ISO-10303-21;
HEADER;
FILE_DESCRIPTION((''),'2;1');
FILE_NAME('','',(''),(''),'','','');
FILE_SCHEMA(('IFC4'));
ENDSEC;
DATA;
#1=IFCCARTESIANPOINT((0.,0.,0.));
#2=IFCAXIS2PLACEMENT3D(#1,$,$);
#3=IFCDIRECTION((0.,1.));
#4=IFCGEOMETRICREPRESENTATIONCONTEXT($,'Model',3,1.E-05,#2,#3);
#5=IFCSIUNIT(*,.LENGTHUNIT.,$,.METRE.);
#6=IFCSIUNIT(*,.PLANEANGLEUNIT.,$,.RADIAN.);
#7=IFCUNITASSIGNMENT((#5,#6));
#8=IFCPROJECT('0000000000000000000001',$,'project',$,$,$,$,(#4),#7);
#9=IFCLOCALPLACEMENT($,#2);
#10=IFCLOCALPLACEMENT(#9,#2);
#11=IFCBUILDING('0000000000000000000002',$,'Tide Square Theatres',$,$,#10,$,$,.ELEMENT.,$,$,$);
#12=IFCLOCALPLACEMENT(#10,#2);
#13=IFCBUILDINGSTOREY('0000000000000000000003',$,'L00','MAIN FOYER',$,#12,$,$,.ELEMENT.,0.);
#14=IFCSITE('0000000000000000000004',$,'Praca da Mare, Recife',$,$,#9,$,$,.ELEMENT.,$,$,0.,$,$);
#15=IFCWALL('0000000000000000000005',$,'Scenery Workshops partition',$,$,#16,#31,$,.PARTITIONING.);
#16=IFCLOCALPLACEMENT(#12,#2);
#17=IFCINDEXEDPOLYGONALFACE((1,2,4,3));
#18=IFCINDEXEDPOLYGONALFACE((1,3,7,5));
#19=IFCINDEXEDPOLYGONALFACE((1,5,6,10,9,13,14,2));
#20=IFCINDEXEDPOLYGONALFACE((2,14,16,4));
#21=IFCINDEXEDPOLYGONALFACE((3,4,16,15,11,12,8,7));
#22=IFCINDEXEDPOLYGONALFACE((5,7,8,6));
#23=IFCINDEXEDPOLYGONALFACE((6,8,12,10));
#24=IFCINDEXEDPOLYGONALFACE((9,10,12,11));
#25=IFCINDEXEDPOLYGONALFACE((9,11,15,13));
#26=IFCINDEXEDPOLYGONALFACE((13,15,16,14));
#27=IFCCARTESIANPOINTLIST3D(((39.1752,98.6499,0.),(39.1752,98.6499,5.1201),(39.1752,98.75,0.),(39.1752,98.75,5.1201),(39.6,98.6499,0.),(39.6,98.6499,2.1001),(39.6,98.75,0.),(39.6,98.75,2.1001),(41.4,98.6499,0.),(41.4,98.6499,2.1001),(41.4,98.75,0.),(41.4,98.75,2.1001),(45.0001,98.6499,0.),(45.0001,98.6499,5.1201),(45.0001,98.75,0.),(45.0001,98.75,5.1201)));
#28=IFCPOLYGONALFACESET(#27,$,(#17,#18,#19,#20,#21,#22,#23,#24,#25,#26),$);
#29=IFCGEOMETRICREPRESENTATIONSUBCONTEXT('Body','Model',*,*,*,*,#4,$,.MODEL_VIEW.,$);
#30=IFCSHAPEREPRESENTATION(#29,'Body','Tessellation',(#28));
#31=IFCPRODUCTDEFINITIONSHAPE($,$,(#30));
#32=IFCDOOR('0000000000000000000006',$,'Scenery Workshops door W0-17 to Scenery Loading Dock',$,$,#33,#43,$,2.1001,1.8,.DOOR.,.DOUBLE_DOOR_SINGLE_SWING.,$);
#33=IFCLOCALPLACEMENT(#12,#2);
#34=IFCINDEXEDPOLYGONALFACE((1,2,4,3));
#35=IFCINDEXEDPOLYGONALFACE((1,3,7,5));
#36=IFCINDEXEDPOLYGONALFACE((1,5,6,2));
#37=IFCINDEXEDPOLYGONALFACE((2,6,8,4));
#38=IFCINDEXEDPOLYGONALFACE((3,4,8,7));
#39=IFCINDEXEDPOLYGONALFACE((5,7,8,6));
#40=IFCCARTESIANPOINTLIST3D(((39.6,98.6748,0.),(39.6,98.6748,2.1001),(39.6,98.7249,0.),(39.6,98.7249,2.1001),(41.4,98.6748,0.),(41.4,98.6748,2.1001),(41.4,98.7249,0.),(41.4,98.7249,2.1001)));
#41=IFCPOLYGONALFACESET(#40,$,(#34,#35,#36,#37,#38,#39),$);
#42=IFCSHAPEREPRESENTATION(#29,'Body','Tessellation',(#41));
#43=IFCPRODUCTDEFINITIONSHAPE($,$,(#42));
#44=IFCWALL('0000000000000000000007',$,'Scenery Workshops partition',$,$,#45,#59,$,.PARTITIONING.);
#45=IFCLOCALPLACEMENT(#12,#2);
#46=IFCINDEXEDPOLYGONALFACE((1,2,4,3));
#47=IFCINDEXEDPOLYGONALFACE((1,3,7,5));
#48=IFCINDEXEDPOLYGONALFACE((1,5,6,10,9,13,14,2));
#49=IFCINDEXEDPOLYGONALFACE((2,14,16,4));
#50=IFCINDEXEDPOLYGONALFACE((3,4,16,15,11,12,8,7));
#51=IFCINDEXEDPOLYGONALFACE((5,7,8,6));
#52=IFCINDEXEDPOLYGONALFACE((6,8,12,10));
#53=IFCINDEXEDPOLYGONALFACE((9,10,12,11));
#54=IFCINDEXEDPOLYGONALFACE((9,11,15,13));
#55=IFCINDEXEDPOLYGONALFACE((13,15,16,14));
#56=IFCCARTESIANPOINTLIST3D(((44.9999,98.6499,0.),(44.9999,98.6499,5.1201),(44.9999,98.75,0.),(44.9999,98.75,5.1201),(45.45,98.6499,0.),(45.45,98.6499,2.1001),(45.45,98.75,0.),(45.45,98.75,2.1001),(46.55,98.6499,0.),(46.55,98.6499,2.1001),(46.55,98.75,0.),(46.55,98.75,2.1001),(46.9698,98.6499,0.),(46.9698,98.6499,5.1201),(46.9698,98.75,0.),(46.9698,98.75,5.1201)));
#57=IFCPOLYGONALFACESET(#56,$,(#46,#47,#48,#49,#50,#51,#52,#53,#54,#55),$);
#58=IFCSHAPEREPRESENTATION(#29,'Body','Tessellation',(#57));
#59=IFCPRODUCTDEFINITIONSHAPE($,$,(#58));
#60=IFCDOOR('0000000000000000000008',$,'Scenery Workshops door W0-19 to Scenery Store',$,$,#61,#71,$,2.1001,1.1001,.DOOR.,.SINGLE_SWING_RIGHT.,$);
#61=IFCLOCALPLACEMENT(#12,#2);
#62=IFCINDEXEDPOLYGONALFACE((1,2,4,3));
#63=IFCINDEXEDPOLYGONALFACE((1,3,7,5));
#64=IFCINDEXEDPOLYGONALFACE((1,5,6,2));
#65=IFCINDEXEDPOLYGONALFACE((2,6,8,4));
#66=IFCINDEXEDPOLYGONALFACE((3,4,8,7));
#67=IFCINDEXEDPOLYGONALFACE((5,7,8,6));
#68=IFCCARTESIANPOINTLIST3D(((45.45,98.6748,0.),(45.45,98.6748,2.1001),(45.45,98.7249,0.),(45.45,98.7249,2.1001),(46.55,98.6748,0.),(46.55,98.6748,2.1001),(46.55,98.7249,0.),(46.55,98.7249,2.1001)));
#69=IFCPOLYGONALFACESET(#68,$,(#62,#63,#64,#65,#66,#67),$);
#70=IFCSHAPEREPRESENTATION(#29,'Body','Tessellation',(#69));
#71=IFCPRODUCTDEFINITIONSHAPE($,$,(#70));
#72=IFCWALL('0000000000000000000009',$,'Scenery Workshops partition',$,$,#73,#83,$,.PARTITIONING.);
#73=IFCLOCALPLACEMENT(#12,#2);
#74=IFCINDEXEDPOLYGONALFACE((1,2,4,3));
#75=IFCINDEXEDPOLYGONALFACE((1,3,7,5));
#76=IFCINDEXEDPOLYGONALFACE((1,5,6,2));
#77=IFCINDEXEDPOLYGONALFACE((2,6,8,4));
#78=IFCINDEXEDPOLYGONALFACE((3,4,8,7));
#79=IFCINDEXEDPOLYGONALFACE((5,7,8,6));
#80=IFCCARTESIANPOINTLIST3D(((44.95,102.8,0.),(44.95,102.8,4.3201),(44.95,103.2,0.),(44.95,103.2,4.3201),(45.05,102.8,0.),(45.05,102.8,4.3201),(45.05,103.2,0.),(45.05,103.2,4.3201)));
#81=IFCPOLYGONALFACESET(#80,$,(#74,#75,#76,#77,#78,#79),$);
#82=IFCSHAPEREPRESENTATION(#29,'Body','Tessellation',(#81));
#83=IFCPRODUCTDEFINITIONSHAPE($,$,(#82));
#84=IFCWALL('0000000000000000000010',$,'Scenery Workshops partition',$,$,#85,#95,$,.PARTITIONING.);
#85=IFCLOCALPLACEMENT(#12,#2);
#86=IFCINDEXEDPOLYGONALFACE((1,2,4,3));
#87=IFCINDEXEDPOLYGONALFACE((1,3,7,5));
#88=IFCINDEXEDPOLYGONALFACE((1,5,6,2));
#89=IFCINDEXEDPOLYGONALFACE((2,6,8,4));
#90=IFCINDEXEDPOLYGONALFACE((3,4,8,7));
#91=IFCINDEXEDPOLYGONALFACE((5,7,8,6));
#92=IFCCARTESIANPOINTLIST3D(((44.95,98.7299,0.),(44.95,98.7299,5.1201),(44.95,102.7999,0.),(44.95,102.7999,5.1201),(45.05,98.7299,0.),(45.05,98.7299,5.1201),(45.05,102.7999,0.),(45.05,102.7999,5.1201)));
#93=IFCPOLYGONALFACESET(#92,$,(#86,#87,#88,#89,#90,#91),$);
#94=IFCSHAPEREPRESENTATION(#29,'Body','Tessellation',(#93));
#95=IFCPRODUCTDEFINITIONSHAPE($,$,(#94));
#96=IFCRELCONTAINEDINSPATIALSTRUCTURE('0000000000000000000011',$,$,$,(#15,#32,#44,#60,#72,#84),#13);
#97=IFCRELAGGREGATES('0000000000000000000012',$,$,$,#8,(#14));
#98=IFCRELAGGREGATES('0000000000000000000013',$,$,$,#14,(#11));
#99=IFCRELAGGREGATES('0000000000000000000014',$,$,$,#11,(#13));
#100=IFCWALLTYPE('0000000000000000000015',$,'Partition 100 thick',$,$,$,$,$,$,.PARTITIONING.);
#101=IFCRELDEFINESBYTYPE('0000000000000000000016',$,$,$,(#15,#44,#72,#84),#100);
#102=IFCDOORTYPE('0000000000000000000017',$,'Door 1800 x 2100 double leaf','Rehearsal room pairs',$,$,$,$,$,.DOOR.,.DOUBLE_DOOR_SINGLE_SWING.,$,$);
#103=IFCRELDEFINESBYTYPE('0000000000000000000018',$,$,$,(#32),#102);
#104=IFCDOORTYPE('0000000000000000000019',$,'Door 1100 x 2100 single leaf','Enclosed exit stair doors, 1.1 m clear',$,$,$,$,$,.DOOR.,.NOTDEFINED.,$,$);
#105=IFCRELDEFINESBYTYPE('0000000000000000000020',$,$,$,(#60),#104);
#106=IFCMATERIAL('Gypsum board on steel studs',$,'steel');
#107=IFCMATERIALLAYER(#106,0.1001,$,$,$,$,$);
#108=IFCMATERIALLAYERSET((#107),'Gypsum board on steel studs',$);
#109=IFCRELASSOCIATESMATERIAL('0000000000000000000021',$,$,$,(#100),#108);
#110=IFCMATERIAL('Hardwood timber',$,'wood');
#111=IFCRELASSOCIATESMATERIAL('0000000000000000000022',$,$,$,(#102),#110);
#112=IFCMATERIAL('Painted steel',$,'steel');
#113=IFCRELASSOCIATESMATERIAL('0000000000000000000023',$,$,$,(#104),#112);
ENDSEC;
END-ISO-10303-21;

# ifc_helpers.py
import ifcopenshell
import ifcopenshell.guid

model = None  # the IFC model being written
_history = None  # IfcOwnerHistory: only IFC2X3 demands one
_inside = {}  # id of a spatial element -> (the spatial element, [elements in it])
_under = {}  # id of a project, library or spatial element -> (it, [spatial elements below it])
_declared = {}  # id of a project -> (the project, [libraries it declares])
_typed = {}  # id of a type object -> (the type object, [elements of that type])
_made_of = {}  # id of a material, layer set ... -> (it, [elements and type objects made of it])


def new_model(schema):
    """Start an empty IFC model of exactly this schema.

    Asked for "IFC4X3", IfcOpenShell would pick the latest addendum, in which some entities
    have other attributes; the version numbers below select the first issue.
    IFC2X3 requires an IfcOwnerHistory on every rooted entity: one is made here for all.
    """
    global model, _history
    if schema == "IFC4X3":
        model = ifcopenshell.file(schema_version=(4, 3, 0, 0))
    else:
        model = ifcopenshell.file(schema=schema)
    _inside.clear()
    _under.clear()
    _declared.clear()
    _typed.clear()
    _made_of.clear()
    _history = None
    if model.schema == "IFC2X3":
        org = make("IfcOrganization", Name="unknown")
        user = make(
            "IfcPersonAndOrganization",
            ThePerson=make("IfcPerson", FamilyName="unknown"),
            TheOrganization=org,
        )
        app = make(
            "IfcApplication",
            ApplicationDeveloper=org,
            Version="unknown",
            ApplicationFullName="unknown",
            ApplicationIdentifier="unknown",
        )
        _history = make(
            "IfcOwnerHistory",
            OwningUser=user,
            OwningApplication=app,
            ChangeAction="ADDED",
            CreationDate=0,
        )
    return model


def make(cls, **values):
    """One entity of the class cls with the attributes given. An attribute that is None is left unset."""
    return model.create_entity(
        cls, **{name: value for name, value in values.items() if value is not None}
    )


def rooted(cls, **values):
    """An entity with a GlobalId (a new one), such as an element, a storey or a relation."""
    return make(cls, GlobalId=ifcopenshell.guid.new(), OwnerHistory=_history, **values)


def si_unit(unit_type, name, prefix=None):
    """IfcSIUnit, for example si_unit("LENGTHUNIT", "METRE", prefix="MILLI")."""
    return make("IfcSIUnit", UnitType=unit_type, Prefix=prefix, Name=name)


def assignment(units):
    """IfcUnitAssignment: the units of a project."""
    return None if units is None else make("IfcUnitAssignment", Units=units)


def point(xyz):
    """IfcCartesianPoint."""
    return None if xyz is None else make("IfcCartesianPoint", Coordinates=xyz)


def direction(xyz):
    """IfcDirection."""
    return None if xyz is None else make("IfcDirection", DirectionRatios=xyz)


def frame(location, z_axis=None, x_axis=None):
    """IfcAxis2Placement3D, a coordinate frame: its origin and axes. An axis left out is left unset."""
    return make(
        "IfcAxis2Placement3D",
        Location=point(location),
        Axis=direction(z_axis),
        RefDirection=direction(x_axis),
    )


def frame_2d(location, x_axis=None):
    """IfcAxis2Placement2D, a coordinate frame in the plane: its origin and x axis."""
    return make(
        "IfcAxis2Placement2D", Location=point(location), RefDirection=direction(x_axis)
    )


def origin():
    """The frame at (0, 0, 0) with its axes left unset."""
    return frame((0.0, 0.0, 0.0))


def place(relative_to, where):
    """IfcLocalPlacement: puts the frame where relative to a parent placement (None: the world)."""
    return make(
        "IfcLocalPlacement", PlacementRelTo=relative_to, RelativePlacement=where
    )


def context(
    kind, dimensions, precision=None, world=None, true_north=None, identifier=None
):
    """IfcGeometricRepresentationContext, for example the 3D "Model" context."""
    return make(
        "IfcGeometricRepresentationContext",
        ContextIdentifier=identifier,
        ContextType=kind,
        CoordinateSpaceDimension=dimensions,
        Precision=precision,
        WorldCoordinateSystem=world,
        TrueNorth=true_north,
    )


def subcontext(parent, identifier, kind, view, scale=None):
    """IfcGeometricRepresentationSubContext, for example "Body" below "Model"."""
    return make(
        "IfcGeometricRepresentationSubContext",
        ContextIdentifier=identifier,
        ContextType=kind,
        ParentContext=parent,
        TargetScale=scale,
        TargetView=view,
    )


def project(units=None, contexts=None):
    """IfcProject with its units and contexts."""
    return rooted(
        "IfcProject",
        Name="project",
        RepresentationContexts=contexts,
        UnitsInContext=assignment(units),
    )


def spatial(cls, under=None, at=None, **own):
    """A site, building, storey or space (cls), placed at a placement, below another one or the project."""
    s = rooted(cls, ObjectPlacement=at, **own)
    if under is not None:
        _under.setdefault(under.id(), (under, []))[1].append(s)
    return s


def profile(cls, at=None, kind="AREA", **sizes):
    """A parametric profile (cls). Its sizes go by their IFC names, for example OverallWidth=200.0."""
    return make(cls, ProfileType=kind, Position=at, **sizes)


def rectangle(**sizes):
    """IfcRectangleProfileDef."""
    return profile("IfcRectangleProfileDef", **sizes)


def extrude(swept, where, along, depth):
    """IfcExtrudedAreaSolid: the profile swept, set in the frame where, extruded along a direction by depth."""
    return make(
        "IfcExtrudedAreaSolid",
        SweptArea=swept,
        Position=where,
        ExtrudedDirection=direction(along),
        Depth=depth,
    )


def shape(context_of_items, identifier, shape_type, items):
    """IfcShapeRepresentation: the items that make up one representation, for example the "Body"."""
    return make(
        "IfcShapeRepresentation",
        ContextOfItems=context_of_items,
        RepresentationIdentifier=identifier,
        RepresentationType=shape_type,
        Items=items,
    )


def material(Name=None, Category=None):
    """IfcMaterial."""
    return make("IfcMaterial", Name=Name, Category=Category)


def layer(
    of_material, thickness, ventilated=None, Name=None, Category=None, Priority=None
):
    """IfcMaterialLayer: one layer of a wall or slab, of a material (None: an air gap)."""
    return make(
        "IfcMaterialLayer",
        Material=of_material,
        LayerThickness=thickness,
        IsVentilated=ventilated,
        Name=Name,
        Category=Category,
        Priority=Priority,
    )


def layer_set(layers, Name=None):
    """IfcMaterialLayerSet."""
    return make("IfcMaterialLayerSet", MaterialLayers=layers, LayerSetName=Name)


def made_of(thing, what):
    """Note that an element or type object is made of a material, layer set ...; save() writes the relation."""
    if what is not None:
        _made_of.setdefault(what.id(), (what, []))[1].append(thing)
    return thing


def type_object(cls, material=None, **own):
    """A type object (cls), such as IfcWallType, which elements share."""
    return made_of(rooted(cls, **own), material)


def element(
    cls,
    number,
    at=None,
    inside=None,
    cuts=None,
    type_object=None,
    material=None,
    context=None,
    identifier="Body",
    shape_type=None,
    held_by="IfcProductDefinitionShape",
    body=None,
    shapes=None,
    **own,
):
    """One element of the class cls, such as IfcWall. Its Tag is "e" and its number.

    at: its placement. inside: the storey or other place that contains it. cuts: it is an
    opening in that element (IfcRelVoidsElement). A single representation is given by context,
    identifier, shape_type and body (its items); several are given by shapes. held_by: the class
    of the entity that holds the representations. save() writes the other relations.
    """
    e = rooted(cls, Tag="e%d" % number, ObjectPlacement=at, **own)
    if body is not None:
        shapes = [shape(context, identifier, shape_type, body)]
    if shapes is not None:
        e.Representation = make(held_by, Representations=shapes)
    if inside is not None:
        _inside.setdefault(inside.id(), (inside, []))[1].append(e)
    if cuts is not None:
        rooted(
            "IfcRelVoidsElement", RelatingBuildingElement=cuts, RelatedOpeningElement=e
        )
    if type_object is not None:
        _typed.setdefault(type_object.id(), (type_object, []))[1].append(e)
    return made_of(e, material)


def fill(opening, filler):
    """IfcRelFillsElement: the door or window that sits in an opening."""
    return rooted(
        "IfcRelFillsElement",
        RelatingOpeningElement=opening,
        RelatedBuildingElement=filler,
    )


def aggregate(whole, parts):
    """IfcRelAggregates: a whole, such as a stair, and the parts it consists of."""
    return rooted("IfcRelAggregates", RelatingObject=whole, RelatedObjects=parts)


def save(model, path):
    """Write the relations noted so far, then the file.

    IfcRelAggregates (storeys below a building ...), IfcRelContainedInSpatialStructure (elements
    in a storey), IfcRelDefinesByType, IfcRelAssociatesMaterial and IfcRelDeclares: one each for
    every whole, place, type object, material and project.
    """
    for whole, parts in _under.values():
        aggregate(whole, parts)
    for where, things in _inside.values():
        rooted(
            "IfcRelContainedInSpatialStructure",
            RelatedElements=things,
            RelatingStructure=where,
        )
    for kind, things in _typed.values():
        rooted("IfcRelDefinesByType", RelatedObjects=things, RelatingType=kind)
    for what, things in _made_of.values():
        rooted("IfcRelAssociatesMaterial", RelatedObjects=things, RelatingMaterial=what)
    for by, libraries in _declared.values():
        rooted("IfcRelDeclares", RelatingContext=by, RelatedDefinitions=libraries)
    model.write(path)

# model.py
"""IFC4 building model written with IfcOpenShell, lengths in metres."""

from ifc_helpers import new_model, si_unit, direction, frame, frame_2d, origin, place, context, subcontext, project, spatial, rectangle, extrude, material, layer, layer_set, type_object, element, fill, save


model = new_model("IFC4")

# Units and contexts
model_context = context("Model", 3, precision=1e-05, world=origin(), true_north=direction((0.0, 1.0)))
body_context = subcontext(model_context, "Body", "Model", "MODEL_VIEW")
ifc_project = project(units=[si_unit("LENGTHUNIT", "METRE"), si_unit("PLANEANGLEUNIT", "RADIAN")], contexts=[model_context])

# Site, building, storey
site_placement = place(None, origin())
site = spatial("IfcSite", under=ifc_project, at=site_placement, Name="Praca da Mare, Recife", CompositionType="ELEMENT", RefElevation=0.0)
building_placement = place(site_placement, origin())
building = spatial("IfcBuilding", under=site, at=building_placement, Name="Tide Square Theatres", CompositionType="ELEMENT")
storey_placement = place(building_placement, origin())
storey = spatial("IfcBuildingStorey", under=building, at=storey_placement, Name="L00", Description="MAIN FOYER", CompositionType="ELEMENT", Elevation=0.0)

# Shared definitions
ifc_material_1 = material(Name="Gypsum board on steel studs", Category="steel")
ifc_layer = layer(ifc_material_1, 0.1001)
ifc_layer_set = layer_set([ifc_layer], Name="Gypsum board on steel studs")
wall_type = type_object("IfcWallType", Name="Partition 100 thick", PredefinedType="PARTITIONING", material=ifc_layer_set)

# Shared definitions
ifc_material_2 = material(Name="Hardwood timber", Category="wood")
door_type_1 = type_object("IfcDoorType", Name="Door 1800 x 2100 double leaf", Description="Rehearsal room pairs", OperationType="DOUBLE_DOOR_SINGLE_SWING", PredefinedType="DOOR", material=ifc_material_2)

# Walls, openings, doors
wall_1_placement = place(storey_placement, frame((39.175, 98.7, 0.0), z_axis=(0.0, 0.0, 1.0), x_axis=(1.0, 0.0, 0.0)))
wall_1 = element("IfcWall", 1, at=wall_1_placement, inside=storey, type_object=wall_type, Name="Scenery Workshops partition", PredefinedType="PARTITIONING", context=body_context, shape_type="SweptSolid", body=[
    extrude(rectangle(XDim=5.825, YDim=0.1001, at=frame_2d((2.9126, 0.0))), origin(), (0.0, 0.0, 1.0), 5.1201),
])
opening_1_placement = place(wall_1_placement, frame((0.425, 0.0, 0.0)))
opening_1 = element("IfcOpeningElement", 2, at=opening_1_placement, cuts=wall_1, PredefinedType="OPENING", context=body_context, shape_type="SweptSolid", body=[
    extrude(rectangle(XDim=1.8, YDim=2.1001, at=frame_2d((0.8999, 1.05))), frame((0.0, 0.0601, 0.0), z_axis=(0.0, -1.0, 0.0), x_axis=(1.0, 0.0, 0.0)), (0.0, 0.0, 1.0), 0.1201),
])
door_1_placement = place(opening_1_placement, origin())
door_1 = element("IfcDoor", 3, at=door_1_placement, inside=storey, type_object=door_type_1, Name="Scenery Workshops door W0-17 to Scenery Loading Dock", OperationType="DOUBLE_DOOR_SINGLE_SWING", OverallHeight=2.1001, OverallWidth=1.8, PredefinedType="DOOR", context=body_context, shape_type="SweptSolid", body=[
    extrude(rectangle(XDim=1.8, YDim=2.1001, at=frame_2d((0.8999, 1.05))), frame((0.0, 0.0249, 0.0), z_axis=(0.0, -1.0, 0.0), x_axis=(1.0, 0.0, 0.0)), (0.0, 0.0, 1.0), 0.05),
])
fill(opening_1, door_1)
wall_2_placement = place(storey_placement, frame((45.0, 98.7, 0.0), z_axis=(0.0, 0.0, 1.0), x_axis=(1.0, 0.0, 0.0)))
wall_2 = element("IfcWall", 4, at=wall_2_placement, inside=storey, type_object=wall_type, Name="Scenery Workshops partition", PredefinedType="PARTITIONING", context=body_context, shape_type="SweptSolid", body=[
    extrude(rectangle(XDim=1.97, YDim=0.1001, at=frame_2d((0.9849, 0.0))), origin(), (0.0, 0.0, 1.0), 5.1201),
])
opening_2_placement = place(wall_2_placement, frame((0.45, 0.0, 0.0)))
opening_2 = element("IfcOpeningElement", 5, at=opening_2_placement, cuts=wall_2, PredefinedType="OPENING", context=body_context, shape_type="SweptSolid", body=[
    extrude(rectangle(XDim=1.1001, YDim=2.1001, at=frame_2d((0.55, 1.05))), frame((0.0, 0.0601, 0.0), z_axis=(0.0, -1.0, 0.0), x_axis=(1.0, 0.0, 0.0)), (0.0, 0.0, 1.0), 0.1201),
])
ifc_material_3 = material(Name="Painted steel", Category="steel")
door_type_2 = type_object("IfcDoorType", Name="Door 1100 x 2100 single leaf", Description="Enclosed exit stair doors, 1.1 m clear", OperationType="NOTDEFINED", PredefinedType="DOOR", material=ifc_material_3)
door_2_placement = place(opening_2_placement, origin())
door_2 = element("IfcDoor", 6, at=door_2_placement, inside=storey, type_object=door_type_2, Name="Scenery Workshops door W0-19 to Scenery Store", OperationType="SINGLE_SWING_RIGHT", OverallHeight=2.1001, OverallWidth=1.1001, PredefinedType="DOOR", context=body_context, shape_type="SweptSolid", body=[
    extrude(rectangle(XDim=1.1001, YDim=2.1001, at=frame_2d((0.55, 1.05))), frame((0.0, 0.0249, 0.0), z_axis=(0.0, -1.0, 0.0), x_axis=(1.0, 0.0, 0.0)), (0.0, 0.0, 1.0), 0.05),
])
fill(opening_2, door_2)

# Walls
wall_3_placement = place(storey_placement, frame((45.0, 103.2, 0.0), z_axis=(0.0, 0.0, 1.0), x_axis=(0.0, -1.0, 0.0)))
element("IfcWall", 7, at=wall_3_placement, inside=storey, type_object=wall_type, Name="Scenery Workshops partition", PredefinedType="PARTITIONING", context=body_context, shape_type="SweptSolid", body=[
    extrude(rectangle(XDim=0.3999, YDim=0.1001, at=frame_2d((0.2, 0.0))), origin(), (0.0, 0.0, 1.0), 4.3201),
])
wall_4_placement = place(storey_placement, frame((45.0, 102.8, 0.0), z_axis=(0.0, 0.0, 1.0), x_axis=(0.0, -1.0, 0.0)))
element("IfcWall", 8, at=wall_4_placement, inside=storey, type_object=wall_type, Name="Scenery Workshops partition", PredefinedType="PARTITIONING", context=body_context, shape_type="SweptSolid", body=[
    extrude(rectangle(XDim=4.0701, YDim=0.1001, at=frame_2d((2.0352, 0.0))), origin(), (0.0, 0.0, 1.0), 5.1201),
])

save(model, "model.ifc")
